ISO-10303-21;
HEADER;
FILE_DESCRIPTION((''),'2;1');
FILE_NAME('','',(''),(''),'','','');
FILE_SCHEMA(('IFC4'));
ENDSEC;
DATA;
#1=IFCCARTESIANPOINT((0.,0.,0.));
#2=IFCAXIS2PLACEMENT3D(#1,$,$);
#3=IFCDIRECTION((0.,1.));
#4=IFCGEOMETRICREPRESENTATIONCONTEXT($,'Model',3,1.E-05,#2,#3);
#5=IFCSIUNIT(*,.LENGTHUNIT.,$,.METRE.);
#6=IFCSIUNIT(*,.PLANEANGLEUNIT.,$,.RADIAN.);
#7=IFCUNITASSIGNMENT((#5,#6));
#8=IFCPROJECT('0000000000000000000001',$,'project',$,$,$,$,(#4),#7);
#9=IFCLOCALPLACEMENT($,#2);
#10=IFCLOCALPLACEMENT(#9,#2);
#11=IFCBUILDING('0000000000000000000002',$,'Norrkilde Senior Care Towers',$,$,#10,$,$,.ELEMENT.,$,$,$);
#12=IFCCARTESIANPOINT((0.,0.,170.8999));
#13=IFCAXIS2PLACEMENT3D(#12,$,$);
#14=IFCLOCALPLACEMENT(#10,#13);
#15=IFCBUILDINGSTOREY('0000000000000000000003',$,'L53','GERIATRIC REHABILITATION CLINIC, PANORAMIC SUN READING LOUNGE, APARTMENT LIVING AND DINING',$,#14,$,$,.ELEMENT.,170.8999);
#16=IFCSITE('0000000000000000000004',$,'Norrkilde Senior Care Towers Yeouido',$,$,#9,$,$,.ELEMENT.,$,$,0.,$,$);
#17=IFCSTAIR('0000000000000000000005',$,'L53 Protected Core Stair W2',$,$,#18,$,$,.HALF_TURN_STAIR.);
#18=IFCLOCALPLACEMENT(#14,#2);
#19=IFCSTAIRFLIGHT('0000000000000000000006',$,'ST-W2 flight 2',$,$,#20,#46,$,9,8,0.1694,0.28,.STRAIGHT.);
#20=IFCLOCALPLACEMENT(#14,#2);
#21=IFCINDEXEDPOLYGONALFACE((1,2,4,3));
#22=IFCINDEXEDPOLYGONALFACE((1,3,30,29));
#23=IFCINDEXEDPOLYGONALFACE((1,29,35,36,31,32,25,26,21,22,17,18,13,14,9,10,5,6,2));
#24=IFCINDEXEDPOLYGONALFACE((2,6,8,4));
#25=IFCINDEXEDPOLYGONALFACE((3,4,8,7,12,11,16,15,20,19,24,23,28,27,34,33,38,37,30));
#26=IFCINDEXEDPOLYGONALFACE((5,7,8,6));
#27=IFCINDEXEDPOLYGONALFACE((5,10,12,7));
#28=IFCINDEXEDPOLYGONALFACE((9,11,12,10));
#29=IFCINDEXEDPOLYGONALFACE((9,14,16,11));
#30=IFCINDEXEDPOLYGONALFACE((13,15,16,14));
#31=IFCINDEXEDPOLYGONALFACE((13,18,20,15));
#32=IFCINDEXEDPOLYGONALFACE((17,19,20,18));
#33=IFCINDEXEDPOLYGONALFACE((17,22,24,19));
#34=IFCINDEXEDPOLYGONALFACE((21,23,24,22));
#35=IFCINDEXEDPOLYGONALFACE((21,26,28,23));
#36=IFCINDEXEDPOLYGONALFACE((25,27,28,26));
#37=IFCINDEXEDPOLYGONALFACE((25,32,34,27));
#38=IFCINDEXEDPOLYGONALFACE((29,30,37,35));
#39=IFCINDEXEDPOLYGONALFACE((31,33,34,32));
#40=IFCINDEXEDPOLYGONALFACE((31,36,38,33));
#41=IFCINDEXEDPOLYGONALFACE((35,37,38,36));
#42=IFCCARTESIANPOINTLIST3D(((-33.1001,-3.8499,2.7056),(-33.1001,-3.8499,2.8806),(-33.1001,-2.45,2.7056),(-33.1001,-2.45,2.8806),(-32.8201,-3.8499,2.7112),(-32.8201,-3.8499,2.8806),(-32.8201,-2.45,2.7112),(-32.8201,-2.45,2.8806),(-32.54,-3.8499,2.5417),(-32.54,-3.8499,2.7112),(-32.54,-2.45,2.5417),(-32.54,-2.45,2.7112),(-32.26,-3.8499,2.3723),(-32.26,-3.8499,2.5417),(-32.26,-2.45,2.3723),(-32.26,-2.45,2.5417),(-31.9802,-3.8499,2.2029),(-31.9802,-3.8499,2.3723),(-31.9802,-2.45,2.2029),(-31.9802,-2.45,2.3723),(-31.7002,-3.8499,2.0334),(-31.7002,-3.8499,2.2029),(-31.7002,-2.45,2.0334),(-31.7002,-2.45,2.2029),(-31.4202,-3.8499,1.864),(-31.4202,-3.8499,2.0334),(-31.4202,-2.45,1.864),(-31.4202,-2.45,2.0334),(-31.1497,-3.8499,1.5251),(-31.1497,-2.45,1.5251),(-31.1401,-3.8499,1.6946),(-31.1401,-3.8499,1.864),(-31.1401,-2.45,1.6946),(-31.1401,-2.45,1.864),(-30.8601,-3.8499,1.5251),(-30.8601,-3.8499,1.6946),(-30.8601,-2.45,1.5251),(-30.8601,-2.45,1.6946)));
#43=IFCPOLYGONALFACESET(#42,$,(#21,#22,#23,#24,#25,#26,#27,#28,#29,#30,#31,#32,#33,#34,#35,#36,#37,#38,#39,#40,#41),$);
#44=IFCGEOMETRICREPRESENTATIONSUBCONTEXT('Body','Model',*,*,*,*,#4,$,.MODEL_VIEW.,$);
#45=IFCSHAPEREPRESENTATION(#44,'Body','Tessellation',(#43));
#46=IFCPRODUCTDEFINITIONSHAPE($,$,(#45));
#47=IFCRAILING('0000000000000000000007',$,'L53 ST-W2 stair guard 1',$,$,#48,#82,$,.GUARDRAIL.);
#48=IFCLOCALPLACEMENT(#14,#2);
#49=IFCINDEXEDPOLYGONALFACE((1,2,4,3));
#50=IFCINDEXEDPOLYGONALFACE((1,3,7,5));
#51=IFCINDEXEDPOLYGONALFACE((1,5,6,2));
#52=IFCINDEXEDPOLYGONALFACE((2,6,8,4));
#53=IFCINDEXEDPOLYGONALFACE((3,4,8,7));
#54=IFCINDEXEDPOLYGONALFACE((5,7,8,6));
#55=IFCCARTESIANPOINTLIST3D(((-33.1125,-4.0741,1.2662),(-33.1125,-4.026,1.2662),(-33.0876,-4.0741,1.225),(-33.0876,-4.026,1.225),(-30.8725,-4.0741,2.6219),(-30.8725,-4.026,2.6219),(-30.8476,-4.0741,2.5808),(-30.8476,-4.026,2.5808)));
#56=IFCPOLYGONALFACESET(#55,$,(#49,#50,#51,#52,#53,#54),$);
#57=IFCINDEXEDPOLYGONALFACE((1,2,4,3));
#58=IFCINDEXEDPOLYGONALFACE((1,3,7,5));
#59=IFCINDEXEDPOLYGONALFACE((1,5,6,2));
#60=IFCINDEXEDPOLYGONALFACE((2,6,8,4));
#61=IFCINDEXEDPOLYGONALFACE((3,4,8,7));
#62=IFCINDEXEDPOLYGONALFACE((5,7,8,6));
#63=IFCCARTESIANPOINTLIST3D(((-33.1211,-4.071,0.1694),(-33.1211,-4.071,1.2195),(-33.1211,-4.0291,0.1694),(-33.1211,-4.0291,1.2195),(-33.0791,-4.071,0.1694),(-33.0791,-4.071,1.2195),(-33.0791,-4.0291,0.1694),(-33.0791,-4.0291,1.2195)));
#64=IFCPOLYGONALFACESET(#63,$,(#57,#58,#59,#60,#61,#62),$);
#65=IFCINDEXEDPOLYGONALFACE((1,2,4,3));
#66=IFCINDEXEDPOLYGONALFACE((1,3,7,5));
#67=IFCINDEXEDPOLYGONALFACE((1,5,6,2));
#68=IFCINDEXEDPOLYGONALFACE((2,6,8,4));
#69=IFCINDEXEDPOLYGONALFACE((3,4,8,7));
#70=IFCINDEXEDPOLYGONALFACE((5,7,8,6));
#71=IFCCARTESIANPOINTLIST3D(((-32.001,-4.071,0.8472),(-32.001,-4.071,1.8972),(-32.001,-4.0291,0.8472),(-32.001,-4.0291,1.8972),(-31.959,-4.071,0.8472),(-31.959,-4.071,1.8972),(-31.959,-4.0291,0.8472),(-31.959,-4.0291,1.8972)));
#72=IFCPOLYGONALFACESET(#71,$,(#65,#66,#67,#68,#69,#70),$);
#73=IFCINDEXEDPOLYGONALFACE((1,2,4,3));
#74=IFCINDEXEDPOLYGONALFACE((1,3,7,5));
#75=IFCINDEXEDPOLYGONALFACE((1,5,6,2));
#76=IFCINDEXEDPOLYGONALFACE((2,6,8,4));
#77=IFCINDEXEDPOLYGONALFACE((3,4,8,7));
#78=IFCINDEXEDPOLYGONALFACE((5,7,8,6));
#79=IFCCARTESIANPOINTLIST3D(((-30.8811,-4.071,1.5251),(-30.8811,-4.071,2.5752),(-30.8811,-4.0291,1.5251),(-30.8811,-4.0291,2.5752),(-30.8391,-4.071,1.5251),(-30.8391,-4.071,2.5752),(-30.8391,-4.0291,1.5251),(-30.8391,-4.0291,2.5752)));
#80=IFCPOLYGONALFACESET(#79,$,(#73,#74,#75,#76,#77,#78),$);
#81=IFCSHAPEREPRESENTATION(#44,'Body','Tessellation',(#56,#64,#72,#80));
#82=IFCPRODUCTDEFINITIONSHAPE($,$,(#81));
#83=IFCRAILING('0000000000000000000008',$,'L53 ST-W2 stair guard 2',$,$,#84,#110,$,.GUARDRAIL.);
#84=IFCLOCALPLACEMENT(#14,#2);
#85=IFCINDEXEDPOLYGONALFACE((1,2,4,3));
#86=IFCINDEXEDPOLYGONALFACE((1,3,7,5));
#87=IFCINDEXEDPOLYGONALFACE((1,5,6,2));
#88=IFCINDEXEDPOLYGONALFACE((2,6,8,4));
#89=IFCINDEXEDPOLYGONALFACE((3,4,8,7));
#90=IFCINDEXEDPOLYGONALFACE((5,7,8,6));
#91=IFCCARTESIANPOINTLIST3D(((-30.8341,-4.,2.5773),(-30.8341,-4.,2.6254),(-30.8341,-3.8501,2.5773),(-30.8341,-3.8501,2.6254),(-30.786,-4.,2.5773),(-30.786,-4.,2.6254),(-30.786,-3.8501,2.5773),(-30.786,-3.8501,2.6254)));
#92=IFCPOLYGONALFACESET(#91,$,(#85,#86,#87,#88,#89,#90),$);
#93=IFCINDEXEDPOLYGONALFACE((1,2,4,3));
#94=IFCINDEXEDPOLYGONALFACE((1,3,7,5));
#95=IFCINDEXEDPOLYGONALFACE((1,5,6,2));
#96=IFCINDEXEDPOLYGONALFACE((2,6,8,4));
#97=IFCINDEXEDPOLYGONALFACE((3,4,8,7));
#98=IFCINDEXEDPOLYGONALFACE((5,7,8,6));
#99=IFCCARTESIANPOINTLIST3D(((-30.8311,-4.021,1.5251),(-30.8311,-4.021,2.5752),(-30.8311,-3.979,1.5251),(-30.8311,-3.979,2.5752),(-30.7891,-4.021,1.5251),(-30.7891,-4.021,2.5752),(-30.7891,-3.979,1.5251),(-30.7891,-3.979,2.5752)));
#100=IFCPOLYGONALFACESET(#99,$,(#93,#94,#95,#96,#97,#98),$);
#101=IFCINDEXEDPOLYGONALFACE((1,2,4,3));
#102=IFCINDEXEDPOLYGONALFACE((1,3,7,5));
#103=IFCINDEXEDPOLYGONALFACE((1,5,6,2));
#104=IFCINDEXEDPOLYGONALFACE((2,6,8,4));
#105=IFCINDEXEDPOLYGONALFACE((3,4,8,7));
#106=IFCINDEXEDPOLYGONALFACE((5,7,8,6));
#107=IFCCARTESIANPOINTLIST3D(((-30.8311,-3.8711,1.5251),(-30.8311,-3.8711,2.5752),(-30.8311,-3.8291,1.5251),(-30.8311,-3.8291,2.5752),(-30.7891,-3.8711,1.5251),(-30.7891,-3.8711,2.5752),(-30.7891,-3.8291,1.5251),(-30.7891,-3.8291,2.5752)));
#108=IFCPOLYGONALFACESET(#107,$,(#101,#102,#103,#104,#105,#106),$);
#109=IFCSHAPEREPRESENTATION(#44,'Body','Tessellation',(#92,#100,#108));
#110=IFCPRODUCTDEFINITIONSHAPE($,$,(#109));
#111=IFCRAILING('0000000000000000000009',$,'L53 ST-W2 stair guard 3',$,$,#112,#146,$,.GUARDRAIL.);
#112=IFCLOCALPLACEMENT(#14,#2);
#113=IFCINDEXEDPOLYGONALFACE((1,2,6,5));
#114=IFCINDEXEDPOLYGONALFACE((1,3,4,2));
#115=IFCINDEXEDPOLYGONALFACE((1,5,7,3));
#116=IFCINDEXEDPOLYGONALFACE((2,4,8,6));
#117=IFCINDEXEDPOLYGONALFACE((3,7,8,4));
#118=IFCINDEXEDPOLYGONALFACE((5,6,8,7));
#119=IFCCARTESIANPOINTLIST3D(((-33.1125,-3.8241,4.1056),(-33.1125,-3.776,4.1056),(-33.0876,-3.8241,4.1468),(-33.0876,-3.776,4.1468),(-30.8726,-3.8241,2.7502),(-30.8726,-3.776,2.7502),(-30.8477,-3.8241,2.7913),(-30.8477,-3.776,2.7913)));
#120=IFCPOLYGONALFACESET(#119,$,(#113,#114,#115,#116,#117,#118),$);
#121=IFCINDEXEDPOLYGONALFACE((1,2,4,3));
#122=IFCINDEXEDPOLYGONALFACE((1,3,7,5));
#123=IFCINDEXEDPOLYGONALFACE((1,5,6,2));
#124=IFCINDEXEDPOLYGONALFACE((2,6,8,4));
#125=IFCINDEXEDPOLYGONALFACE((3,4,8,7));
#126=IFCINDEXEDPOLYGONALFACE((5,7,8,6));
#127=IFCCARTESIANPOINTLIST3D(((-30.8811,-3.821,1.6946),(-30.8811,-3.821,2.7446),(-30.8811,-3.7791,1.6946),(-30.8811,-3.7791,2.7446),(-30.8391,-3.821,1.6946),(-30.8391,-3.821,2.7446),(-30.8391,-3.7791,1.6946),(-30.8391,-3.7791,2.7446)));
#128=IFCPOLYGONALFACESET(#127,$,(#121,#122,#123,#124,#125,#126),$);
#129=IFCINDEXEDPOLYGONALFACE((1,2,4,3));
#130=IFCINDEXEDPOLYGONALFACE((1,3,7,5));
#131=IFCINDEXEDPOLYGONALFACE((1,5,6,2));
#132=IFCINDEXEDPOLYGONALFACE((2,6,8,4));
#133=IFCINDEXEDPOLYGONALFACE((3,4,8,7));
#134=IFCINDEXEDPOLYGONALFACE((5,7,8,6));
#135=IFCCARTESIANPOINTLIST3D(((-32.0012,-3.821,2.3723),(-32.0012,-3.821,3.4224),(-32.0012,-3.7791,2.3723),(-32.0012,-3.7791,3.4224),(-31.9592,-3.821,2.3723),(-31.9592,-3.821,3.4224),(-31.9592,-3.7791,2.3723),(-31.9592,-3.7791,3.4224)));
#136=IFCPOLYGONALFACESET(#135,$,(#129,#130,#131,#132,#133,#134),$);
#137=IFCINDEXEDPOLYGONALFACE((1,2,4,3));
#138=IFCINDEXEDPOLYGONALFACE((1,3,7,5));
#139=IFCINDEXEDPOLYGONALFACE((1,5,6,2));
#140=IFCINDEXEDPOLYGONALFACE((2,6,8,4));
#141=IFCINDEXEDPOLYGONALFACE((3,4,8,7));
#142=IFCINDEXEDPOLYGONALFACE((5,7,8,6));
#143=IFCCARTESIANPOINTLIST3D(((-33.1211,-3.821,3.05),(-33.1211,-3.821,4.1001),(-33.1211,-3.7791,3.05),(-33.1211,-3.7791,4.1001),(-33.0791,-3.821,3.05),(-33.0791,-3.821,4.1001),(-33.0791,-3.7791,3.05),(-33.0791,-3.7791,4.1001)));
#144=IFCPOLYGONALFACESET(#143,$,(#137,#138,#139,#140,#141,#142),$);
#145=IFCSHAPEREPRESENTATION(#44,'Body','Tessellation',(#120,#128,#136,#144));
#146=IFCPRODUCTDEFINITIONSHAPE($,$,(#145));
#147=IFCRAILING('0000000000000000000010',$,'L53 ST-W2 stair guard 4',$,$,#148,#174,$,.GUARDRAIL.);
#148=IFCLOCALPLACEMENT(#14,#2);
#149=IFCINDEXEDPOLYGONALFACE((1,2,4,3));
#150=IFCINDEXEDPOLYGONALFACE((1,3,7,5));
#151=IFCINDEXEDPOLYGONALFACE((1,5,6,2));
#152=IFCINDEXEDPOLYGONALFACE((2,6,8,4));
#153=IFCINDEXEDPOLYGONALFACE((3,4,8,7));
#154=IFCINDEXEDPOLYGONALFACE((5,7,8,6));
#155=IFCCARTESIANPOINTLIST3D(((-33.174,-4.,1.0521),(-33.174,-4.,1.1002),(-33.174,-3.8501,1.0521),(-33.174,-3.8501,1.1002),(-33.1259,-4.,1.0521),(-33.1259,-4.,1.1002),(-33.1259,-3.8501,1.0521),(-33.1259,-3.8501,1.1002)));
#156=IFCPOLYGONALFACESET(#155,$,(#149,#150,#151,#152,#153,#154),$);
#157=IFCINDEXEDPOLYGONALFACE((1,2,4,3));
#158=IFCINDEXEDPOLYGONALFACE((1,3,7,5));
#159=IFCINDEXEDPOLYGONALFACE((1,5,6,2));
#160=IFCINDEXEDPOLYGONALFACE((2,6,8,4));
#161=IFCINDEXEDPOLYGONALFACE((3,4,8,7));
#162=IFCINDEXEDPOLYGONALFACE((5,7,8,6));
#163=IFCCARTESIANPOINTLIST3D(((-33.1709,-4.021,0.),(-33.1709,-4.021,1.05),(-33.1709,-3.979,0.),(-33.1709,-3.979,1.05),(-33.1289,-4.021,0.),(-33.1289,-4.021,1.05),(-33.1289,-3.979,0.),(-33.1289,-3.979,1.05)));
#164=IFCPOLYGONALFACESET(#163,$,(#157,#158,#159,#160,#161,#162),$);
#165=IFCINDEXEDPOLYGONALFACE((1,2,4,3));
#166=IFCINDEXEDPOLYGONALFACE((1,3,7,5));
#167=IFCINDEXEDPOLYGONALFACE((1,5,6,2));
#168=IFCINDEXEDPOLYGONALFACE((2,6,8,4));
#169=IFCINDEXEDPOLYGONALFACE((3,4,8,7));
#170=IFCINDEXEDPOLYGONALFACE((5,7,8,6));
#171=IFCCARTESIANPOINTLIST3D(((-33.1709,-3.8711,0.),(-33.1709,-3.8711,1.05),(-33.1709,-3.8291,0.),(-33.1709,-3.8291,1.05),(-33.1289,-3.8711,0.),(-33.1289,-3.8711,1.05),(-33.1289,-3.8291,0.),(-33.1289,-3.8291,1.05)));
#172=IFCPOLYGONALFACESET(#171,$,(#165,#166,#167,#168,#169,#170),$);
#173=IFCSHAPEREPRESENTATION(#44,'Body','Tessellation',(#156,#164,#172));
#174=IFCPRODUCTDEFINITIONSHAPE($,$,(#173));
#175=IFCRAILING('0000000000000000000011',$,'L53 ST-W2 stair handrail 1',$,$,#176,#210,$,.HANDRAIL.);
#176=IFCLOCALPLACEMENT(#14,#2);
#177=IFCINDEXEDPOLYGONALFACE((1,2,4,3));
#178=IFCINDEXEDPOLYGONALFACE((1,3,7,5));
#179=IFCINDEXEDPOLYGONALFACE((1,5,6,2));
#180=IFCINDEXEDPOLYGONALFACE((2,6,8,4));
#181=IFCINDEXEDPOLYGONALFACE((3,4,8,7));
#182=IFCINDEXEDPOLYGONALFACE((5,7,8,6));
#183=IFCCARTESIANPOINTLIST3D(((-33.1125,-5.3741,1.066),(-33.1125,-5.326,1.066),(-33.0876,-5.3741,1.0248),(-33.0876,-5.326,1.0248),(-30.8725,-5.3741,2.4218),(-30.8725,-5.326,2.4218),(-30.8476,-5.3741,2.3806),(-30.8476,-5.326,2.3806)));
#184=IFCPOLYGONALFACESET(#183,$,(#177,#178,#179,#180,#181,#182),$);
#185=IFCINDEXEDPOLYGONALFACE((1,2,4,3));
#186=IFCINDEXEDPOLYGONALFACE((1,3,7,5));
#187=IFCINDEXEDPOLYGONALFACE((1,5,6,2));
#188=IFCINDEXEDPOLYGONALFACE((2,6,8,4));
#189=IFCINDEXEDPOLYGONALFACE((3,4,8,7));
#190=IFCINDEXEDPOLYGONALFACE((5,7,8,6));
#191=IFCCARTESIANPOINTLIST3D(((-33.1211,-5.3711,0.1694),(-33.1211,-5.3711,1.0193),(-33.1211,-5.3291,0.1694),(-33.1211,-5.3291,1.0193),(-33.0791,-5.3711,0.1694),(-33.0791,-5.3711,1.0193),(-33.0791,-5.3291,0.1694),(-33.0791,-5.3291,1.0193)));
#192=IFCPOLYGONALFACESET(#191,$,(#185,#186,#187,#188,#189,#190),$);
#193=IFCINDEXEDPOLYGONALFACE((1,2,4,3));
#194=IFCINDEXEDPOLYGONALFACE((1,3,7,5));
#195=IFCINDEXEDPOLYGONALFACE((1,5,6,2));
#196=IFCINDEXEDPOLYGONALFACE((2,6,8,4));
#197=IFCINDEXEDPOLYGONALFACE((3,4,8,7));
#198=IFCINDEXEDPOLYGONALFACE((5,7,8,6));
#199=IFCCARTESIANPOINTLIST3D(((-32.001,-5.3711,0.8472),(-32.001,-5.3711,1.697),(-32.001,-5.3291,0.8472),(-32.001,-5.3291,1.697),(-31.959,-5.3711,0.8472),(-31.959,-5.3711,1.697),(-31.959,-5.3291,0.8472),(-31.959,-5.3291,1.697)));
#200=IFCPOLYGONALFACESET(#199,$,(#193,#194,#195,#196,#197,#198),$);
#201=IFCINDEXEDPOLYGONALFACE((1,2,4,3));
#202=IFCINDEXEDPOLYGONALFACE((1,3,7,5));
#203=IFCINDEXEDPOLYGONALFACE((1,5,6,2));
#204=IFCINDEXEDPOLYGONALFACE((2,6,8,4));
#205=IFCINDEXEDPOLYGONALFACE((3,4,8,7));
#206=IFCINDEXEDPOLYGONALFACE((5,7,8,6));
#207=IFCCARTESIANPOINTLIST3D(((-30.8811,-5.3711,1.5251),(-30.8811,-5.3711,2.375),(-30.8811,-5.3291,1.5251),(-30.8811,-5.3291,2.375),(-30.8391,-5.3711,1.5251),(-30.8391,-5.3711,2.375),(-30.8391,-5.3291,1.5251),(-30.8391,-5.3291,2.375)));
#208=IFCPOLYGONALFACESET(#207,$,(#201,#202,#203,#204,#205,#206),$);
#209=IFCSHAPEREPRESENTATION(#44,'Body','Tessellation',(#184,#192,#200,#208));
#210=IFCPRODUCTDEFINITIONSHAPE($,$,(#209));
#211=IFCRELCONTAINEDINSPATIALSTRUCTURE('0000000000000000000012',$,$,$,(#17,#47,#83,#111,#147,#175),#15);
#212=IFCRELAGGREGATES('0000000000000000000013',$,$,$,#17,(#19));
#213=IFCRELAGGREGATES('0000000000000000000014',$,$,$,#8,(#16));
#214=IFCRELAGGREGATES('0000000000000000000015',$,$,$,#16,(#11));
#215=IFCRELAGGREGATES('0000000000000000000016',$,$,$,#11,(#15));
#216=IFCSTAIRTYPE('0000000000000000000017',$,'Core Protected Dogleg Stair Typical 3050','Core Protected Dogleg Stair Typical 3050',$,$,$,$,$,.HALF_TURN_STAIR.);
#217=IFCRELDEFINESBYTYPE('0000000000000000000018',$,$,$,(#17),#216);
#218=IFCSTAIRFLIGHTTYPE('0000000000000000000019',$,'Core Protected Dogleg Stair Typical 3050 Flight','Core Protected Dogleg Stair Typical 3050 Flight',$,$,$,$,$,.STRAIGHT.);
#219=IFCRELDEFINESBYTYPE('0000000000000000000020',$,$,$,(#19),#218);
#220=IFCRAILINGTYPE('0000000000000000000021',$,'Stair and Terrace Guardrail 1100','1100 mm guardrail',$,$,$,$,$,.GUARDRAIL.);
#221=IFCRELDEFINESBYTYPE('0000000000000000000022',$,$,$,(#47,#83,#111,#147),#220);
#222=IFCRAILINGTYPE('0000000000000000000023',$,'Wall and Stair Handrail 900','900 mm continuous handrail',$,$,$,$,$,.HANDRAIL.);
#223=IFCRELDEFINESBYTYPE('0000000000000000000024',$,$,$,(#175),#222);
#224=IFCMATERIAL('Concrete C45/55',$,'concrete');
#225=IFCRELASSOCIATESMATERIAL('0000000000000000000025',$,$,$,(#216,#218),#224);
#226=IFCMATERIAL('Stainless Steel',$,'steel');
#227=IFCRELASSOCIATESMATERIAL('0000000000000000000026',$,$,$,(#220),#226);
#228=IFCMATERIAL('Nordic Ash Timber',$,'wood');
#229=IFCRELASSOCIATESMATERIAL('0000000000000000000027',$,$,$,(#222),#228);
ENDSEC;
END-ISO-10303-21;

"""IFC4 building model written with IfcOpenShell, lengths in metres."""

from ifc_helpers import new_model, si_unit, direction, frame, origin, origin_2d, place, context, subcontext, project, spatial, polyline, rectangle, outline, extrude, material, type_object, element, aggregate, save


model = new_model("IFC4")

# Units and contexts
model_context = context("Model", 3, precision=1e-05, world=origin(), true_north=direction((0.0, 1.0)))
body_context = subcontext(model_context, "Body", "Model", "MODEL_VIEW")
ifc_project = project(units=[si_unit("LENGTHUNIT", "METRE"), si_unit("PLANEANGLEUNIT", "RADIAN")], contexts=[model_context])

# Site, building, storey
site_placement = place(None, origin())
site = spatial("IfcSite", under=ifc_project, at=site_placement, Name="Norrkilde Senior Care Towers Yeouido", CompositionType="ELEMENT", RefElevation=0.0)
building_placement = place(site_placement, origin())
building = spatial("IfcBuilding", under=site, at=building_placement, Name="Norrkilde Senior Care Towers", CompositionType="ELEMENT")
storey_placement = place(building_placement, frame((0.0, 0.0, 170.8999)))
storey = spatial("IfcBuildingStorey", under=building, at=storey_placement, Name="L53", Description="GERIATRIC REHABILITATION CLINIC, PANORAMIC SUN READING LOUNGE, APARTMENT LIVING AND DINING", CompositionType="ELEMENT", Elevation=170.8999)

# Shared definitions
ifc_material_1 = material(Name="Concrete C45/55", Category="concrete")

# Stair, stair flight
stair_type = type_object("IfcStairType", Name="Core Protected Dogleg Stair Typical 3050", Description="Core Protected Dogleg Stair Typical 3050", PredefinedType="HALF_TURN_STAIR", material=ifc_material_1)
stair_placement = place(storey_placement, origin())
stair = element("IfcStair", 1, at=stair_placement, inside=storey, type_object=stair_type, Name="L53 Protected Core Stair W2", PredefinedType="HALF_TURN_STAIR")
stair_flight_type = type_object("IfcStairFlightType", Name="Core Protected Dogleg Stair Typical 3050 Flight", Description="Core Protected Dogleg Stair Typical 3050 Flight", PredefinedType="STRAIGHT", material=ifc_material_1)
stair_flight_1_placement = place(storey_placement, frame((-30.8601, -3.1499, 1.5251), z_axis=(0.0, 0.0, 1.0), x_axis=(-1.0, 0.0, 0.0)))
stair_flight_1 = element("IfcStairFlight", 2, at=stair_flight_1_placement, type_object=stair_flight_type, Name="ST-W2 flight 2", NumberOfRisers=9, NumberOfTreads=8, PredefinedType="STRAIGHT", RiserHeight=0.1694, TreadLength=0.28, context=body_context, shape_type="SweptSolid", body=[
    extrude(outline(polyline([(0.0, 0.0), (0.0, 0.1694), (0.28, 0.1694), (0.28, 0.3389), (0.5601, 0.3389), (0.5601, 0.5083), (0.8401, 0.5083), (0.8401, 0.6777), (1.1201, 0.6777), (1.1201, 0.8472), (1.3999, 0.8472), (1.3999, 1.0166), (1.6799, 1.0166), (1.6799, 1.186), (1.96, 1.186), (1.96, 1.3555), (2.24, 1.3555), (2.24, 1.5249), (2.24, 1.1804), (0.2896, 0.0), (0.0, 0.0)])), frame((0.0, 0.7, 0.0), z_axis=(0.0, -1.0, 0.0), x_axis=(1.0, 0.0, 0.0)), (0.0, 0.0, 1.0), 1.3999),
])
aggregate(stair, [stair_flight_1])

# Railings
ifc_material_2 = material(Name="Stainless Steel", Category="steel")
railing_type_1 = type_object("IfcRailingType", Name="Stair and Terrace Guardrail 1100", Description="1100 mm guardrail", PredefinedType="GUARDRAIL", material=ifc_material_2)
railing_1_placement = place(storey_placement, frame((-33.1001, -4.05, 0.1694)))
element("IfcRailing", 3, at=railing_1_placement, inside=storey, type_object=railing_type_1, Name="L53 ST-W2 stair guard 1", PredefinedType="GUARDRAIL", context=body_context, shape_type="SweptSolid", body=[
    extrude(rectangle(XDim=0.0481, YDim=0.0481, at=origin_2d()), frame((0.0, 0.0, 1.0762), z_axis=(0.855512, 0.0, 0.517783), x_axis=(0.0, 1.0, 0.0)), (0.0, 0.0, 1.0), 2.6184),
    extrude(rectangle(XDim=0.042, YDim=0.042, at=origin_2d()), origin(), (0.0, 0.0, 1.0), 1.05),
    extrude(rectangle(XDim=0.042, YDim=0.042, at=origin_2d()), frame((1.1201, 0.0, 0.6777)), (0.0, 0.0, 1.0), 1.05),
    extrude(rectangle(XDim=0.042, YDim=0.042, at=origin_2d()), frame((2.24, 0.0, 1.3557)), (0.0, 0.0, 1.0), 1.05),
])
railing_2_placement = place(storey_placement, frame((-30.8101, -4.0, 1.5251)))
element("IfcRailing", 4, at=railing_2_placement, inside=storey, type_object=railing_type_1, Name="L53 ST-W2 stair guard 2", PredefinedType="GUARDRAIL", context=body_context, shape_type="SweptSolid", body=[
    extrude(rectangle(XDim=0.0481, YDim=0.0481, at=origin_2d()), frame((0.0, 0.0, 1.0762), z_axis=(0.0, 1.0, 0.0), x_axis=(-1.0, 0.0, 0.0)), (0.0, 0.0, 1.0), 0.1499),
    extrude(rectangle(XDim=0.042, YDim=0.042, at=origin_2d()), origin(), (0.0, 0.0, 1.0), 1.05),
    extrude(rectangle(XDim=0.042, YDim=0.042, at=origin_2d()), frame((0.0, 0.1499, 0.0)), (0.0, 0.0, 1.0), 1.05),
])
railing_3_placement = place(storey_placement, frame((-30.8601, -3.8, 1.6946)))
element("IfcRailing", 5, at=railing_3_placement, inside=storey, type_object=railing_type_1, Name="L53 ST-W2 stair guard 3", PredefinedType="GUARDRAIL", context=body_context, shape_type="SweptSolid", body=[
    extrude(rectangle(XDim=0.0481, YDim=0.0481, at=origin_2d()), frame((0.0, 0.0, 1.0762), z_axis=(-0.855553, 0.0, 0.517715), x_axis=(0.0, -1.0, 0.0)), (0.0, 0.0, 1.0), 2.6182),
    extrude(rectangle(XDim=0.042, YDim=0.042, at=origin_2d()), origin(), (0.0, 0.0, 1.0), 1.05),
    extrude(rectangle(XDim=0.042, YDim=0.042, at=origin_2d()), frame((-1.1201, 0.0, 0.6777)), (0.0, 0.0, 1.0), 1.05),
    extrude(rectangle(XDim=0.042, YDim=0.042, at=origin_2d()), frame((-2.24, 0.0, 1.3555)), (0.0, 0.0, 1.0), 1.05),
])
railing_4_placement = place(storey_placement, frame((-33.1499, -4.0, 0.0)))
element("IfcRailing", 6, at=railing_4_placement, inside=storey, type_object=railing_type_1, Name="L53 ST-W2 stair guard 4", PredefinedType="GUARDRAIL", context=body_context, shape_type="SweptSolid", body=[
    extrude(rectangle(XDim=0.0481, YDim=0.0481, at=origin_2d()), frame((0.0, 0.0, 1.0762), z_axis=(0.0, 1.0, 0.0), x_axis=(-1.0, 0.0, 0.0)), (0.0, 0.0, 1.0), 0.1499),
    extrude(rectangle(XDim=0.042, YDim=0.042, at=origin_2d()), origin(), (0.0, 0.0, 1.0), 1.05),
    extrude(rectangle(XDim=0.042, YDim=0.042, at=origin_2d()), frame((0.0, 0.1499, 0.0)), (0.0, 0.0, 1.0), 1.05),
])
ifc_material_3 = material(Name="Nordic Ash Timber", Category="wood")
railing_type_2 = type_object("IfcRailingType", Name="Wall and Stair Handrail 900", Description="900 mm continuous handrail", PredefinedType="HANDRAIL", material=ifc_material_3)
railing_5_placement = place(storey_placement, frame((-33.1001, -5.3501, 0.1694)))
element("IfcRailing", 7, at=railing_5_placement, inside=storey, type_object=railing_type_2, Name="L53 ST-W2 stair handrail 1", PredefinedType="HANDRAIL", context=body_context, shape_type="SweptSolid", body=[
    extrude(rectangle(XDim=0.0481, YDim=0.0481, at=origin_2d()), frame((0.0, 0.0, 0.876), z_axis=(0.855512, 0.0, 0.517783), x_axis=(0.0, 1.0, 0.0)), (0.0, 0.0, 1.0), 2.6184),
    extrude(rectangle(XDim=0.042, YDim=0.042, at=origin_2d()), origin(), (0.0, 0.0, 1.0), 0.8499),
    extrude(rectangle(XDim=0.042, YDim=0.042, at=origin_2d()), frame((1.1201, 0.0, 0.6777)), (0.0, 0.0, 1.0), 0.8499),
    extrude(rectangle(XDim=0.042, YDim=0.042, at=origin_2d()), frame((2.24, 0.0, 1.3557)), (0.0, 0.0, 1.0), 0.8499),
])

save(model, "model.ifc")
